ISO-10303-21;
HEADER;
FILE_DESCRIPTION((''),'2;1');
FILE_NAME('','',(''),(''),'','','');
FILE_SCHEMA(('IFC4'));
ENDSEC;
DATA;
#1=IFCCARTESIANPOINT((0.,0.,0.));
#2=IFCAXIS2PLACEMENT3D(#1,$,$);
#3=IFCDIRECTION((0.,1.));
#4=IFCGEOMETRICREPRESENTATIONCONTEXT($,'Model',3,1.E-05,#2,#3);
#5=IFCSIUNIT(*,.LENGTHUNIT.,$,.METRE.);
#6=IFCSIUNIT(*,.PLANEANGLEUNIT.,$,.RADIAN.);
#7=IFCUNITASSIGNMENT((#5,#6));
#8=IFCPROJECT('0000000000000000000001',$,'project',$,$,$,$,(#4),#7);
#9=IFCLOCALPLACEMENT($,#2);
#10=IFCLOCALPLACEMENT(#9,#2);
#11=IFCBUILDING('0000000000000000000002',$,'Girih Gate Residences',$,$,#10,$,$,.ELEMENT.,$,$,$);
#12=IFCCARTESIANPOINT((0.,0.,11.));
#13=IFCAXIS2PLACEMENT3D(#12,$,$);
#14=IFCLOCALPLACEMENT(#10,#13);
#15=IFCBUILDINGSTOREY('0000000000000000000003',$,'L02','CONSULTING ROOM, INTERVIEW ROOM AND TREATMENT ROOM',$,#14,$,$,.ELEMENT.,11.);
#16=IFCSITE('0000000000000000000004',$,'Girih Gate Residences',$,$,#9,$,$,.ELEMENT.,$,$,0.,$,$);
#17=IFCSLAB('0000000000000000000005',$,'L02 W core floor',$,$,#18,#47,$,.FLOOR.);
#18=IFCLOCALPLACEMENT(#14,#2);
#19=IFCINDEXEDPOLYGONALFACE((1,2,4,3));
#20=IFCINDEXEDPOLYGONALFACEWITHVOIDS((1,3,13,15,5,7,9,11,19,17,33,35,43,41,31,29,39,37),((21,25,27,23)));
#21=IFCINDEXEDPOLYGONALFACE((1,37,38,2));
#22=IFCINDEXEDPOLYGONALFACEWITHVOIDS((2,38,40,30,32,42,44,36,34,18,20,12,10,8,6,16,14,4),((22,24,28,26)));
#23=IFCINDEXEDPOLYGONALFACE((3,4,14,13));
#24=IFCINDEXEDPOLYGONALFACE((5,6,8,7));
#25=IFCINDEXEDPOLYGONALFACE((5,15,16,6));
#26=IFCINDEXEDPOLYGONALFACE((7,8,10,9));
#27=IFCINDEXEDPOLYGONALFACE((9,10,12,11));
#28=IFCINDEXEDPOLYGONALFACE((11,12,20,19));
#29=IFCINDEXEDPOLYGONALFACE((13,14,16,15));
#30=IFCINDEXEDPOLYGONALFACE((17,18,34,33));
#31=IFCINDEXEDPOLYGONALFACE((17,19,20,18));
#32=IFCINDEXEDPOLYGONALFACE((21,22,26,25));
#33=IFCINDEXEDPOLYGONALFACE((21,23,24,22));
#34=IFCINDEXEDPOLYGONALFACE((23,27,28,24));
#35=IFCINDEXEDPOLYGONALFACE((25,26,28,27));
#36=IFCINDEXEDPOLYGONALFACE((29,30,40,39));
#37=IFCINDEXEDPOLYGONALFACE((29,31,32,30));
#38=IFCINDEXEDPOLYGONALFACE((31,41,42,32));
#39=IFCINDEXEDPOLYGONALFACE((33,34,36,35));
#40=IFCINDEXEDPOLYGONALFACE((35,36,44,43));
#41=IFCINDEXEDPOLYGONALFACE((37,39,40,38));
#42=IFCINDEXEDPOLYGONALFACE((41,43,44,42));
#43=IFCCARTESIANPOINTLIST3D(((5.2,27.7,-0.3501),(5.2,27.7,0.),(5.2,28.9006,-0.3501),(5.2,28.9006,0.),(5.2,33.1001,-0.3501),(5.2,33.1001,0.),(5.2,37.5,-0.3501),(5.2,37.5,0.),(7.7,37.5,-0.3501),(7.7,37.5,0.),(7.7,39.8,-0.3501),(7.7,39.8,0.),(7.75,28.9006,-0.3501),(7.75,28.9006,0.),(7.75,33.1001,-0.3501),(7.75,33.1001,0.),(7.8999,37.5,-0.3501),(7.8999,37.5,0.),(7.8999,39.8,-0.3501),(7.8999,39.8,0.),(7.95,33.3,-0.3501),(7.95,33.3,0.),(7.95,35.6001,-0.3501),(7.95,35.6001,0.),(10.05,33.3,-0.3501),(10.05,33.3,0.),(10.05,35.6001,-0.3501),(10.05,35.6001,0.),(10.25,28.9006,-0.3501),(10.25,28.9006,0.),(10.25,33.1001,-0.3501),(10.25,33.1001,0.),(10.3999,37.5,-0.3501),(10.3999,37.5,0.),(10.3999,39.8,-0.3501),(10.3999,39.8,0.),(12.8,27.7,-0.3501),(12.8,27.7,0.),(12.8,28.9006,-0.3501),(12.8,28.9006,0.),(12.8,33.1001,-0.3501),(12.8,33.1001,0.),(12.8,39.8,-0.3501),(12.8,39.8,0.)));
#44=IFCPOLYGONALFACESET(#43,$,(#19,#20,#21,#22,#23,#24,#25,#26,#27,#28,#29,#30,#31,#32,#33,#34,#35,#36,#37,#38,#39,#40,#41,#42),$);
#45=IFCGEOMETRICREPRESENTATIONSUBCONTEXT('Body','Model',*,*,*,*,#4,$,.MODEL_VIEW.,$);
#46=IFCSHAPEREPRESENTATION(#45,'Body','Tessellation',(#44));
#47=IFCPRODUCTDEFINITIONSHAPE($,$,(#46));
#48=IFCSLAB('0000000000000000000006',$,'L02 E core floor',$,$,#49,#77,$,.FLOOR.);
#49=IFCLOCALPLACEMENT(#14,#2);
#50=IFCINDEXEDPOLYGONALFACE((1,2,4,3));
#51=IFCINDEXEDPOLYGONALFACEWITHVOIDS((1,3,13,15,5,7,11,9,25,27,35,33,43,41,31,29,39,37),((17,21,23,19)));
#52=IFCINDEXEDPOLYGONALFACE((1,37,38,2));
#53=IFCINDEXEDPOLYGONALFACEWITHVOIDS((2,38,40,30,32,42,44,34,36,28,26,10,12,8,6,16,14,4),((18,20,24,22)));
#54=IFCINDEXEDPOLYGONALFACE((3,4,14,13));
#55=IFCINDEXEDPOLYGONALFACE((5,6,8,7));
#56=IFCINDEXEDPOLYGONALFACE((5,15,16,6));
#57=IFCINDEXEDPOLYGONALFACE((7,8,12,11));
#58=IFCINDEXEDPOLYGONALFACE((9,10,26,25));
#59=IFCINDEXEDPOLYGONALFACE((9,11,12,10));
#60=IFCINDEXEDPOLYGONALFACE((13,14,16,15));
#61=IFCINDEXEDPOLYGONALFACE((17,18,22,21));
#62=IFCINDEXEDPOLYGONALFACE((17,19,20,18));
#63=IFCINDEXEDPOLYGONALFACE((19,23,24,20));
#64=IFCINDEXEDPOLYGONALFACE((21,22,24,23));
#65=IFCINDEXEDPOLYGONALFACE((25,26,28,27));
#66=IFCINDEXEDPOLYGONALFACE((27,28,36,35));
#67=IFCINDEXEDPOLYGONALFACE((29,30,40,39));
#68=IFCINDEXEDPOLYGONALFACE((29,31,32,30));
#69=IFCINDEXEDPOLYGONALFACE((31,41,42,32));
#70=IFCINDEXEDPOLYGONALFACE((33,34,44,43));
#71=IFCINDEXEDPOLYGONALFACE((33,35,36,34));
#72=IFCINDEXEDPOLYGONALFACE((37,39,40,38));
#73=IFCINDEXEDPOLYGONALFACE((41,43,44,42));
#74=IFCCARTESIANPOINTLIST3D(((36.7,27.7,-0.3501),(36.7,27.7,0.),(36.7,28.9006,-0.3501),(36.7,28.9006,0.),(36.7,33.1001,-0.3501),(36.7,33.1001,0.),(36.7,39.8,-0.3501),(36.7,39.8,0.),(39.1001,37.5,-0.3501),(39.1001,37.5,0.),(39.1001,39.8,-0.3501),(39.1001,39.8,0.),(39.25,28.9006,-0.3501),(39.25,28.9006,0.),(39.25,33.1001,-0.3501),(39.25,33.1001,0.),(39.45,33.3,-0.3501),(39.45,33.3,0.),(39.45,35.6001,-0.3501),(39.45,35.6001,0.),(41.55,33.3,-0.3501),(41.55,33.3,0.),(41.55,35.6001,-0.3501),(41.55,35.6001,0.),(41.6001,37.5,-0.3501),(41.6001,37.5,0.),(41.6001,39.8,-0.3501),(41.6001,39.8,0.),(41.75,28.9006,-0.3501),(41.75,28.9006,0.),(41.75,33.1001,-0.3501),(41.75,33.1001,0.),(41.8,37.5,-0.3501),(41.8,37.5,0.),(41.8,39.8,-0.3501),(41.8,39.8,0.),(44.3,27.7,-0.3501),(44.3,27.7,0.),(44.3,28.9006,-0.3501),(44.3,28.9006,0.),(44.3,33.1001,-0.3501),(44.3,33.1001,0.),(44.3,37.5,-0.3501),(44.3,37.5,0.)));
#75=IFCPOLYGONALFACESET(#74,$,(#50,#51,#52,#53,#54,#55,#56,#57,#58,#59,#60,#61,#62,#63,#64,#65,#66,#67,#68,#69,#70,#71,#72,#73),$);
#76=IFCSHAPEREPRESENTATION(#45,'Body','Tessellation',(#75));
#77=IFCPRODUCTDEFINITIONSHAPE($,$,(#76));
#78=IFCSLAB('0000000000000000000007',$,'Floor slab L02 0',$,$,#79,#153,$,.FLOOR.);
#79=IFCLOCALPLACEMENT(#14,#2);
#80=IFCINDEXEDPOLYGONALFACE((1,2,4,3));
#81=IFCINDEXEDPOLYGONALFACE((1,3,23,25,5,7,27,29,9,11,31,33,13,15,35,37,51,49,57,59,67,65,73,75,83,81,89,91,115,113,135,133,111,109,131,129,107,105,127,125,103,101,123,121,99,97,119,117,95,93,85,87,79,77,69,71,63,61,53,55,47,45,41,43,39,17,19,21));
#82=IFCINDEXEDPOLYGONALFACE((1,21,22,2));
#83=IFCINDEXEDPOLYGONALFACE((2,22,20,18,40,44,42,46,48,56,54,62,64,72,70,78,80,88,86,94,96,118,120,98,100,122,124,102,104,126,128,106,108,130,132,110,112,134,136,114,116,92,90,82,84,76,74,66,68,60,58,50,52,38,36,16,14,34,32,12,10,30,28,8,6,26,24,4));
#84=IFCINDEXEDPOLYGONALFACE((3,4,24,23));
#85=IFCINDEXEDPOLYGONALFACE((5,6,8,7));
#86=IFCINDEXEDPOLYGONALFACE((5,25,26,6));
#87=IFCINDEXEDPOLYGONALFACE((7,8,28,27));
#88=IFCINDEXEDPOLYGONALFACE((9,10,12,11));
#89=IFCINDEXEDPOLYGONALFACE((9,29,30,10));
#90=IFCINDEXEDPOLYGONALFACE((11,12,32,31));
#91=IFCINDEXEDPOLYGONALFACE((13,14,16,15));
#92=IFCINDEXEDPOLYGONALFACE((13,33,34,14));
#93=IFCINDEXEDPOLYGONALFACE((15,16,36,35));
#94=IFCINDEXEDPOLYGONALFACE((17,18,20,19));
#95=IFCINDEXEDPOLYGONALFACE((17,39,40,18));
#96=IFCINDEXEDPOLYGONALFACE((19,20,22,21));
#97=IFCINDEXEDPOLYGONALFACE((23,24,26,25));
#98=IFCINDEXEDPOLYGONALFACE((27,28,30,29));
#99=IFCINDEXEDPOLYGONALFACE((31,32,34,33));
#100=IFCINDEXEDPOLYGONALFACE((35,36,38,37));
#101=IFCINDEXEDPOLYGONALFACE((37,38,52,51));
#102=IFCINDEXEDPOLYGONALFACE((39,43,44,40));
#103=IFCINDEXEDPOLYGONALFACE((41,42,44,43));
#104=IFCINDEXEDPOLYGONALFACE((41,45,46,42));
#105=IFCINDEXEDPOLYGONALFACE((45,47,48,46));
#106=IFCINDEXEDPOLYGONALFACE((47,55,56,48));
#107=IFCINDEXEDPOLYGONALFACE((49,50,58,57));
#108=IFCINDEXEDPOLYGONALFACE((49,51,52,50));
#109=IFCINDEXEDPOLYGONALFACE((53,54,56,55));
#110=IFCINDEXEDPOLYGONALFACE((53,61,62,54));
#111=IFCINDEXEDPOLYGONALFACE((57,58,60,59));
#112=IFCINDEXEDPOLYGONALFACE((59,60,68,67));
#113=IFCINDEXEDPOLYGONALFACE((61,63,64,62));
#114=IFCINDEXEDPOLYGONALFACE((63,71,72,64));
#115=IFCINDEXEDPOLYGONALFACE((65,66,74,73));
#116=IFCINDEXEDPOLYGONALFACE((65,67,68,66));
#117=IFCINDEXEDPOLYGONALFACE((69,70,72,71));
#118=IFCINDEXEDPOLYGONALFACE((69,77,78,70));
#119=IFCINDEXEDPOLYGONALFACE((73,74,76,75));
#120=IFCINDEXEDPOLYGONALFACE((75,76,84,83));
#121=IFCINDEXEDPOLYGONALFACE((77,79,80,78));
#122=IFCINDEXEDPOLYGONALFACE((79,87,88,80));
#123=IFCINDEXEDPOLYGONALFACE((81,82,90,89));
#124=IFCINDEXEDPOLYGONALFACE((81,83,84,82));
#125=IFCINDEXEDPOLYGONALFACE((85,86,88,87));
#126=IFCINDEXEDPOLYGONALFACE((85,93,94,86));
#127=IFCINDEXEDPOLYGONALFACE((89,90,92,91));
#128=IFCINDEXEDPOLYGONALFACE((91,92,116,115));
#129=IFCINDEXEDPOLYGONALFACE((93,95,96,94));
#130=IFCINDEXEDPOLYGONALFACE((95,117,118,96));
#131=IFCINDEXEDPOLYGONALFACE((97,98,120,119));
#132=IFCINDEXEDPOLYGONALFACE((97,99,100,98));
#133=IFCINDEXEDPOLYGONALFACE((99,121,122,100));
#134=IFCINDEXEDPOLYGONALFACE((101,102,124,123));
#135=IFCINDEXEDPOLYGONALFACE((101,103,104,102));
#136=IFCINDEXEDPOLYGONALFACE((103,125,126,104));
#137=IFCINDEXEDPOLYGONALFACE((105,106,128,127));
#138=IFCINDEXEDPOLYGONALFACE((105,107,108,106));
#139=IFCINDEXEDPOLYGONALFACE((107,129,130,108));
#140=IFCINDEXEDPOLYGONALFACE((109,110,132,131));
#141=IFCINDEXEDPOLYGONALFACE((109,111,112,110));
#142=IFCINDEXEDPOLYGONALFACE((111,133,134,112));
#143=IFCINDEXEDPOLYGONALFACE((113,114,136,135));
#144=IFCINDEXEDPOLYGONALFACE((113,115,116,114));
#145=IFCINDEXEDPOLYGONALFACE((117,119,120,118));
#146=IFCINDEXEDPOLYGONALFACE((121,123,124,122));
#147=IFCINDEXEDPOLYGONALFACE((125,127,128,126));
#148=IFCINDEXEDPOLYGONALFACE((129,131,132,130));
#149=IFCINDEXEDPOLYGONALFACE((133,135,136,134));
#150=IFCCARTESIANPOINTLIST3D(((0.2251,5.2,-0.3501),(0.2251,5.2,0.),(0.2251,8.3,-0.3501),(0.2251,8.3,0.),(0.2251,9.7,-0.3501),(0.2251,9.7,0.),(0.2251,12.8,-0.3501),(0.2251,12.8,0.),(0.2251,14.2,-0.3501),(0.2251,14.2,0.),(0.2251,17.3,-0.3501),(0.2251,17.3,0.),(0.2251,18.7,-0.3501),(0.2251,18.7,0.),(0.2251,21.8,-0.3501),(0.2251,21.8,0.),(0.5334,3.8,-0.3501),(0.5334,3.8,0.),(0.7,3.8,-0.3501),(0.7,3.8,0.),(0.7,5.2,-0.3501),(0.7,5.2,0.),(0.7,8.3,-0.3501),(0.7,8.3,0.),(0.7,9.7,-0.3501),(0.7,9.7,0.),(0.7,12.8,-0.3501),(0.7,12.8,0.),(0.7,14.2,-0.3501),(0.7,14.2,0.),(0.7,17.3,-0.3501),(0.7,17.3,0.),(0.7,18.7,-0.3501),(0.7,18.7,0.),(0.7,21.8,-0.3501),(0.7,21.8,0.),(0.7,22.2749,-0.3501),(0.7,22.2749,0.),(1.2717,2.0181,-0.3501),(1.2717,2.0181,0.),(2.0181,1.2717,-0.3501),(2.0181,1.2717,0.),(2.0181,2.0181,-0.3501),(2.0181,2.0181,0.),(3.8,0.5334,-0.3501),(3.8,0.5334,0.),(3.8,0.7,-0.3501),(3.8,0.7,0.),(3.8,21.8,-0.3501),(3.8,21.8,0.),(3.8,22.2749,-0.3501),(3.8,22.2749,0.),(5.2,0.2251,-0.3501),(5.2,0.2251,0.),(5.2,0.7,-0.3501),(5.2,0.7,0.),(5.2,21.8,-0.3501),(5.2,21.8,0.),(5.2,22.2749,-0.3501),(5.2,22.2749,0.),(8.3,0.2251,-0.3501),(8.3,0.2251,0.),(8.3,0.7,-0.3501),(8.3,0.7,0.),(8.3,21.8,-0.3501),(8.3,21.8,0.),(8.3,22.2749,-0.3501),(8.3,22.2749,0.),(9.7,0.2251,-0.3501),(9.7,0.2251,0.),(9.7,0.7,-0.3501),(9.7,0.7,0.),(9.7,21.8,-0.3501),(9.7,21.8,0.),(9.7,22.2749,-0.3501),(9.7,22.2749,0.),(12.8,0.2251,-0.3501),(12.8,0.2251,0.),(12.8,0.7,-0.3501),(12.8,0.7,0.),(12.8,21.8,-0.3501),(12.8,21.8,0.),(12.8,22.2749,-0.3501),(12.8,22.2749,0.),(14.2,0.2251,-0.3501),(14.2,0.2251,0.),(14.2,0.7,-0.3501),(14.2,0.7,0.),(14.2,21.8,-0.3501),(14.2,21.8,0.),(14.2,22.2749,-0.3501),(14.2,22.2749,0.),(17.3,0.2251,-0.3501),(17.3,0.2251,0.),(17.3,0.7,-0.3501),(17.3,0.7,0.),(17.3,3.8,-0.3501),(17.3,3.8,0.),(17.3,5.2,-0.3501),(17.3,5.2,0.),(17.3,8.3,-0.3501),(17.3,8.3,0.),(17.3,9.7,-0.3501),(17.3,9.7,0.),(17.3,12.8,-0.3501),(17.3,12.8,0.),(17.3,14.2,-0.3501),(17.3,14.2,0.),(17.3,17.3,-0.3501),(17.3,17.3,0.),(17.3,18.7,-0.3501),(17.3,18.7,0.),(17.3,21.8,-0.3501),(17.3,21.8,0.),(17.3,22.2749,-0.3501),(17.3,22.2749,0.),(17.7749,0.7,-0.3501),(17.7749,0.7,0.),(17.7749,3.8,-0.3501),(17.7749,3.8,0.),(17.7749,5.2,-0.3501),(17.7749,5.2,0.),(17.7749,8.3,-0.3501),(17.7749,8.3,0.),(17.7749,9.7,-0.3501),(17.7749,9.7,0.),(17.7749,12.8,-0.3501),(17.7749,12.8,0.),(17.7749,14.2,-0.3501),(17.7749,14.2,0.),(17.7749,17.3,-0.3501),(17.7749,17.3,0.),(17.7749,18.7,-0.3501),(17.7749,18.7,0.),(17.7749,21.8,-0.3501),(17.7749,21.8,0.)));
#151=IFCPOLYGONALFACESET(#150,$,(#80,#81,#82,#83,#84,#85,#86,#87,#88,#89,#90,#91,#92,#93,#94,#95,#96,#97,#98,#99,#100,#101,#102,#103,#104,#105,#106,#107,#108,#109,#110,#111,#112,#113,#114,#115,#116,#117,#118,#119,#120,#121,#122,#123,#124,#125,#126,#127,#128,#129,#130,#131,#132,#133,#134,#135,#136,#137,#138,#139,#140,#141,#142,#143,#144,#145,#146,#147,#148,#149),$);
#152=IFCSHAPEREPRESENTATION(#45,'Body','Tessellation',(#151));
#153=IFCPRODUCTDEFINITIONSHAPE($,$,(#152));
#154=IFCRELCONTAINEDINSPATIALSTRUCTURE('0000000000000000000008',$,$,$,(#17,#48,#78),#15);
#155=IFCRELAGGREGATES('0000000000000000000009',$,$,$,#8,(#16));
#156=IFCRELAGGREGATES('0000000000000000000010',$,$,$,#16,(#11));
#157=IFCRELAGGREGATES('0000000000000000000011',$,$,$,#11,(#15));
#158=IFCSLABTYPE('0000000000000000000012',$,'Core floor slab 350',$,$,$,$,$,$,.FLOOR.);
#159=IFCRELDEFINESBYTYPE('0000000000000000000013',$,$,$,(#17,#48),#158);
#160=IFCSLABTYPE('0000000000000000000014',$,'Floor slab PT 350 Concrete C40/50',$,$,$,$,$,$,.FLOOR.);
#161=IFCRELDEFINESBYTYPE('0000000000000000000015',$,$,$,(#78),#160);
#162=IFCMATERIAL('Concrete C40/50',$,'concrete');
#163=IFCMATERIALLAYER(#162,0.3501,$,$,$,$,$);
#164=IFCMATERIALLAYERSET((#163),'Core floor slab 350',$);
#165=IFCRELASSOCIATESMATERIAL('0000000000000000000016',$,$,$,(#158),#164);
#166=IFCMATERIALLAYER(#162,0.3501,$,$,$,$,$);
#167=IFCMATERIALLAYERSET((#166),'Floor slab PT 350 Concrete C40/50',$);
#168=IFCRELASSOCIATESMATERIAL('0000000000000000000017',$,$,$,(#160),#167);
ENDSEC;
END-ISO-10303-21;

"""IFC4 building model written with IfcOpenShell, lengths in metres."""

from ifc_helpers import new_model, si_unit, direction, frame, origin, place, context, subcontext, project, spatial, polyline, outline, extrude, material, layer, layer_set, type_object, element, save


model = new_model("IFC4")

# Units and contexts
model_context = context("Model", 3, precision=1e-05, world=origin(), true_north=direction((0.0, 1.0)))
body_context = subcontext(model_context, "Body", "Model", "MODEL_VIEW")
ifc_project = project(units=[si_unit("LENGTHUNIT", "METRE"), si_unit("PLANEANGLEUNIT", "RADIAN")], contexts=[model_context])

# Site, building, storey
site_placement = place(None, origin())
site = spatial("IfcSite", under=ifc_project, at=site_placement, Name="Girih Gate Residences", CompositionType="ELEMENT", RefElevation=0.0)
building_placement = place(site_placement, origin())
building = spatial("IfcBuilding", under=site, at=building_placement, Name="Girih Gate Residences", CompositionType="ELEMENT")
storey_placement = place(building_placement, frame((0.0, 0.0, 11.0)))
storey = spatial("IfcBuildingStorey", under=building, at=storey_placement, Name="L02", Description="CONSULTING ROOM, INTERVIEW ROOM AND TREATMENT ROOM", CompositionType="ELEMENT", Elevation=11.0)

# Slabs
ifc_material_1 = material(Name="Concrete C40/50", Category="concrete")
ifc_layer_1 = layer(ifc_material_1, 0.3501)
ifc_layer_set_1 = layer_set([ifc_layer_1], Name="Core floor slab 350")
slab_type_1 = type_object("IfcSlabType", Name="Core floor slab 350", PredefinedType="FLOOR", material=ifc_layer_set_1)
slab_1_placement = place(storey_placement, frame((0.0, 0.0, -0.3501)))
element("IfcSlab", 1, at=slab_1_placement, inside=storey, type_object=slab_type_1, Name="L02 W core floor", PredefinedType="FLOOR", context=body_context, shape_type="SweptSolid", body=[
    extrude(outline(polyline([(12.8, 27.7), (5.2, 27.7), (5.2, 28.9006), (7.75, 28.9006), (7.75, 33.1001), (5.2, 33.1001), (5.2, 37.5), (7.7, 37.5), (7.7, 39.8), (7.8999, 39.8), (7.8999, 37.5), (10.3999, 37.5), (10.3999, 39.8), (12.8, 39.8), (12.8, 33.1001), (10.25, 33.1001), (10.25, 28.9006), (12.8, 28.9006), (12.8, 27.7)]), holes=[polyline([(7.95, 33.3), (10.05, 33.3), (10.05, 35.6001), (7.95, 35.6001), (7.95, 33.3)])]), origin(), (0.0, 0.0, 1.0), 0.3501),
])
slab_2_placement = place(storey_placement, frame((0.0, 0.0, -0.3501)))
element("IfcSlab", 2, at=slab_2_placement, inside=storey, type_object=slab_type_1, Name="L02 E core floor", PredefinedType="FLOOR", context=body_context, shape_type="SweptSolid", body=[
    extrude(outline(polyline([(44.3, 27.7), (36.7, 27.7), (36.7, 28.9006), (39.25, 28.9006), (39.25, 33.1001), (36.7, 33.1001), (36.7, 39.8), (39.1001, 39.8), (39.1001, 37.5), (41.6001, 37.5), (41.6001, 39.8), (41.8, 39.8), (41.8, 37.5), (44.3, 37.5), (44.3, 33.1001), (41.75, 33.1001), (41.75, 28.9006), (44.3, 28.9006), (44.3, 27.7)]), holes=[polyline([(39.45, 33.3), (41.55, 33.3), (41.55, 35.6001), (39.45, 35.6001), (39.45, 33.3)])]), origin(), (0.0, 0.0, 1.0), 0.3501),
])
ifc_layer_2 = layer(ifc_material_1, 0.3501)
ifc_layer_set_2 = layer_set([ifc_layer_2], Name="Floor slab PT 350 Concrete C40/50")
slab_type_2 = type_object("IfcSlabType", Name="Floor slab PT 350 Concrete C40/50", PredefinedType="FLOOR", material=ifc_layer_set_2)
slab_3_placement = place(storey_placement, frame((0.0, 0.0, -0.3501)))
element("IfcSlab", 3, at=slab_3_placement, inside=storey, type_object=slab_type_2, Name="Floor slab L02 0", PredefinedType="FLOOR", context=body_context, shape_type="SweptSolid", body=[
    extrude(outline(polyline([(14.2, 0.2251), (17.3, 0.2251), (17.3, 0.7), (17.7749, 0.7), (17.7749, 3.8), (17.3, 3.8), (17.3, 5.2), (17.7749, 5.2), (17.7749, 8.3), (17.3, 8.3), (17.3, 9.7), (17.7749, 9.7), (17.7749, 12.8), (17.3, 12.8), (17.3, 14.2), (17.7749, 14.2), (17.7749, 17.3), (17.3, 17.3), (17.3, 18.7), (17.7749, 18.7), (17.7749, 21.8), (17.3, 21.8), (17.3, 22.2749), (14.2, 22.2749), (14.2, 21.8), (12.8, 21.8), (12.8, 22.2749), (9.7, 22.2749), (9.7, 21.8), (8.3, 21.8), (8.3, 22.2749), (5.2, 22.2749), (5.2, 21.8), (3.8, 21.8), (3.8, 22.2749), (0.7, 22.2749), (0.7, 21.8), (0.2251, 21.8), (0.2251, 18.7), (0.7, 18.7), (0.7, 17.3), (0.2251, 17.3), (0.2251, 14.2), (0.7, 14.2), (0.7, 12.8), (0.2251, 12.8), (0.2251, 9.7), (0.7, 9.7), (0.7, 8.3), (0.2251, 8.3), (0.2251, 5.2), (0.7, 5.2), (0.7, 3.8), (0.5334, 3.8), (1.2717, 2.0181), (2.0181, 2.0181), (2.0181, 1.2717), (3.8, 0.5334), (3.8, 0.7), (5.2, 0.7), (5.2, 0.2251), (8.3, 0.2251), (8.3, 0.7), (9.7, 0.7), (9.7, 0.2251), (12.8, 0.2251), (12.8, 0.7), (14.2, 0.7), (14.2, 0.2251)])), origin(), (0.0, 0.0, 1.0), 0.3501),
])

save(model, "model.ifc")
